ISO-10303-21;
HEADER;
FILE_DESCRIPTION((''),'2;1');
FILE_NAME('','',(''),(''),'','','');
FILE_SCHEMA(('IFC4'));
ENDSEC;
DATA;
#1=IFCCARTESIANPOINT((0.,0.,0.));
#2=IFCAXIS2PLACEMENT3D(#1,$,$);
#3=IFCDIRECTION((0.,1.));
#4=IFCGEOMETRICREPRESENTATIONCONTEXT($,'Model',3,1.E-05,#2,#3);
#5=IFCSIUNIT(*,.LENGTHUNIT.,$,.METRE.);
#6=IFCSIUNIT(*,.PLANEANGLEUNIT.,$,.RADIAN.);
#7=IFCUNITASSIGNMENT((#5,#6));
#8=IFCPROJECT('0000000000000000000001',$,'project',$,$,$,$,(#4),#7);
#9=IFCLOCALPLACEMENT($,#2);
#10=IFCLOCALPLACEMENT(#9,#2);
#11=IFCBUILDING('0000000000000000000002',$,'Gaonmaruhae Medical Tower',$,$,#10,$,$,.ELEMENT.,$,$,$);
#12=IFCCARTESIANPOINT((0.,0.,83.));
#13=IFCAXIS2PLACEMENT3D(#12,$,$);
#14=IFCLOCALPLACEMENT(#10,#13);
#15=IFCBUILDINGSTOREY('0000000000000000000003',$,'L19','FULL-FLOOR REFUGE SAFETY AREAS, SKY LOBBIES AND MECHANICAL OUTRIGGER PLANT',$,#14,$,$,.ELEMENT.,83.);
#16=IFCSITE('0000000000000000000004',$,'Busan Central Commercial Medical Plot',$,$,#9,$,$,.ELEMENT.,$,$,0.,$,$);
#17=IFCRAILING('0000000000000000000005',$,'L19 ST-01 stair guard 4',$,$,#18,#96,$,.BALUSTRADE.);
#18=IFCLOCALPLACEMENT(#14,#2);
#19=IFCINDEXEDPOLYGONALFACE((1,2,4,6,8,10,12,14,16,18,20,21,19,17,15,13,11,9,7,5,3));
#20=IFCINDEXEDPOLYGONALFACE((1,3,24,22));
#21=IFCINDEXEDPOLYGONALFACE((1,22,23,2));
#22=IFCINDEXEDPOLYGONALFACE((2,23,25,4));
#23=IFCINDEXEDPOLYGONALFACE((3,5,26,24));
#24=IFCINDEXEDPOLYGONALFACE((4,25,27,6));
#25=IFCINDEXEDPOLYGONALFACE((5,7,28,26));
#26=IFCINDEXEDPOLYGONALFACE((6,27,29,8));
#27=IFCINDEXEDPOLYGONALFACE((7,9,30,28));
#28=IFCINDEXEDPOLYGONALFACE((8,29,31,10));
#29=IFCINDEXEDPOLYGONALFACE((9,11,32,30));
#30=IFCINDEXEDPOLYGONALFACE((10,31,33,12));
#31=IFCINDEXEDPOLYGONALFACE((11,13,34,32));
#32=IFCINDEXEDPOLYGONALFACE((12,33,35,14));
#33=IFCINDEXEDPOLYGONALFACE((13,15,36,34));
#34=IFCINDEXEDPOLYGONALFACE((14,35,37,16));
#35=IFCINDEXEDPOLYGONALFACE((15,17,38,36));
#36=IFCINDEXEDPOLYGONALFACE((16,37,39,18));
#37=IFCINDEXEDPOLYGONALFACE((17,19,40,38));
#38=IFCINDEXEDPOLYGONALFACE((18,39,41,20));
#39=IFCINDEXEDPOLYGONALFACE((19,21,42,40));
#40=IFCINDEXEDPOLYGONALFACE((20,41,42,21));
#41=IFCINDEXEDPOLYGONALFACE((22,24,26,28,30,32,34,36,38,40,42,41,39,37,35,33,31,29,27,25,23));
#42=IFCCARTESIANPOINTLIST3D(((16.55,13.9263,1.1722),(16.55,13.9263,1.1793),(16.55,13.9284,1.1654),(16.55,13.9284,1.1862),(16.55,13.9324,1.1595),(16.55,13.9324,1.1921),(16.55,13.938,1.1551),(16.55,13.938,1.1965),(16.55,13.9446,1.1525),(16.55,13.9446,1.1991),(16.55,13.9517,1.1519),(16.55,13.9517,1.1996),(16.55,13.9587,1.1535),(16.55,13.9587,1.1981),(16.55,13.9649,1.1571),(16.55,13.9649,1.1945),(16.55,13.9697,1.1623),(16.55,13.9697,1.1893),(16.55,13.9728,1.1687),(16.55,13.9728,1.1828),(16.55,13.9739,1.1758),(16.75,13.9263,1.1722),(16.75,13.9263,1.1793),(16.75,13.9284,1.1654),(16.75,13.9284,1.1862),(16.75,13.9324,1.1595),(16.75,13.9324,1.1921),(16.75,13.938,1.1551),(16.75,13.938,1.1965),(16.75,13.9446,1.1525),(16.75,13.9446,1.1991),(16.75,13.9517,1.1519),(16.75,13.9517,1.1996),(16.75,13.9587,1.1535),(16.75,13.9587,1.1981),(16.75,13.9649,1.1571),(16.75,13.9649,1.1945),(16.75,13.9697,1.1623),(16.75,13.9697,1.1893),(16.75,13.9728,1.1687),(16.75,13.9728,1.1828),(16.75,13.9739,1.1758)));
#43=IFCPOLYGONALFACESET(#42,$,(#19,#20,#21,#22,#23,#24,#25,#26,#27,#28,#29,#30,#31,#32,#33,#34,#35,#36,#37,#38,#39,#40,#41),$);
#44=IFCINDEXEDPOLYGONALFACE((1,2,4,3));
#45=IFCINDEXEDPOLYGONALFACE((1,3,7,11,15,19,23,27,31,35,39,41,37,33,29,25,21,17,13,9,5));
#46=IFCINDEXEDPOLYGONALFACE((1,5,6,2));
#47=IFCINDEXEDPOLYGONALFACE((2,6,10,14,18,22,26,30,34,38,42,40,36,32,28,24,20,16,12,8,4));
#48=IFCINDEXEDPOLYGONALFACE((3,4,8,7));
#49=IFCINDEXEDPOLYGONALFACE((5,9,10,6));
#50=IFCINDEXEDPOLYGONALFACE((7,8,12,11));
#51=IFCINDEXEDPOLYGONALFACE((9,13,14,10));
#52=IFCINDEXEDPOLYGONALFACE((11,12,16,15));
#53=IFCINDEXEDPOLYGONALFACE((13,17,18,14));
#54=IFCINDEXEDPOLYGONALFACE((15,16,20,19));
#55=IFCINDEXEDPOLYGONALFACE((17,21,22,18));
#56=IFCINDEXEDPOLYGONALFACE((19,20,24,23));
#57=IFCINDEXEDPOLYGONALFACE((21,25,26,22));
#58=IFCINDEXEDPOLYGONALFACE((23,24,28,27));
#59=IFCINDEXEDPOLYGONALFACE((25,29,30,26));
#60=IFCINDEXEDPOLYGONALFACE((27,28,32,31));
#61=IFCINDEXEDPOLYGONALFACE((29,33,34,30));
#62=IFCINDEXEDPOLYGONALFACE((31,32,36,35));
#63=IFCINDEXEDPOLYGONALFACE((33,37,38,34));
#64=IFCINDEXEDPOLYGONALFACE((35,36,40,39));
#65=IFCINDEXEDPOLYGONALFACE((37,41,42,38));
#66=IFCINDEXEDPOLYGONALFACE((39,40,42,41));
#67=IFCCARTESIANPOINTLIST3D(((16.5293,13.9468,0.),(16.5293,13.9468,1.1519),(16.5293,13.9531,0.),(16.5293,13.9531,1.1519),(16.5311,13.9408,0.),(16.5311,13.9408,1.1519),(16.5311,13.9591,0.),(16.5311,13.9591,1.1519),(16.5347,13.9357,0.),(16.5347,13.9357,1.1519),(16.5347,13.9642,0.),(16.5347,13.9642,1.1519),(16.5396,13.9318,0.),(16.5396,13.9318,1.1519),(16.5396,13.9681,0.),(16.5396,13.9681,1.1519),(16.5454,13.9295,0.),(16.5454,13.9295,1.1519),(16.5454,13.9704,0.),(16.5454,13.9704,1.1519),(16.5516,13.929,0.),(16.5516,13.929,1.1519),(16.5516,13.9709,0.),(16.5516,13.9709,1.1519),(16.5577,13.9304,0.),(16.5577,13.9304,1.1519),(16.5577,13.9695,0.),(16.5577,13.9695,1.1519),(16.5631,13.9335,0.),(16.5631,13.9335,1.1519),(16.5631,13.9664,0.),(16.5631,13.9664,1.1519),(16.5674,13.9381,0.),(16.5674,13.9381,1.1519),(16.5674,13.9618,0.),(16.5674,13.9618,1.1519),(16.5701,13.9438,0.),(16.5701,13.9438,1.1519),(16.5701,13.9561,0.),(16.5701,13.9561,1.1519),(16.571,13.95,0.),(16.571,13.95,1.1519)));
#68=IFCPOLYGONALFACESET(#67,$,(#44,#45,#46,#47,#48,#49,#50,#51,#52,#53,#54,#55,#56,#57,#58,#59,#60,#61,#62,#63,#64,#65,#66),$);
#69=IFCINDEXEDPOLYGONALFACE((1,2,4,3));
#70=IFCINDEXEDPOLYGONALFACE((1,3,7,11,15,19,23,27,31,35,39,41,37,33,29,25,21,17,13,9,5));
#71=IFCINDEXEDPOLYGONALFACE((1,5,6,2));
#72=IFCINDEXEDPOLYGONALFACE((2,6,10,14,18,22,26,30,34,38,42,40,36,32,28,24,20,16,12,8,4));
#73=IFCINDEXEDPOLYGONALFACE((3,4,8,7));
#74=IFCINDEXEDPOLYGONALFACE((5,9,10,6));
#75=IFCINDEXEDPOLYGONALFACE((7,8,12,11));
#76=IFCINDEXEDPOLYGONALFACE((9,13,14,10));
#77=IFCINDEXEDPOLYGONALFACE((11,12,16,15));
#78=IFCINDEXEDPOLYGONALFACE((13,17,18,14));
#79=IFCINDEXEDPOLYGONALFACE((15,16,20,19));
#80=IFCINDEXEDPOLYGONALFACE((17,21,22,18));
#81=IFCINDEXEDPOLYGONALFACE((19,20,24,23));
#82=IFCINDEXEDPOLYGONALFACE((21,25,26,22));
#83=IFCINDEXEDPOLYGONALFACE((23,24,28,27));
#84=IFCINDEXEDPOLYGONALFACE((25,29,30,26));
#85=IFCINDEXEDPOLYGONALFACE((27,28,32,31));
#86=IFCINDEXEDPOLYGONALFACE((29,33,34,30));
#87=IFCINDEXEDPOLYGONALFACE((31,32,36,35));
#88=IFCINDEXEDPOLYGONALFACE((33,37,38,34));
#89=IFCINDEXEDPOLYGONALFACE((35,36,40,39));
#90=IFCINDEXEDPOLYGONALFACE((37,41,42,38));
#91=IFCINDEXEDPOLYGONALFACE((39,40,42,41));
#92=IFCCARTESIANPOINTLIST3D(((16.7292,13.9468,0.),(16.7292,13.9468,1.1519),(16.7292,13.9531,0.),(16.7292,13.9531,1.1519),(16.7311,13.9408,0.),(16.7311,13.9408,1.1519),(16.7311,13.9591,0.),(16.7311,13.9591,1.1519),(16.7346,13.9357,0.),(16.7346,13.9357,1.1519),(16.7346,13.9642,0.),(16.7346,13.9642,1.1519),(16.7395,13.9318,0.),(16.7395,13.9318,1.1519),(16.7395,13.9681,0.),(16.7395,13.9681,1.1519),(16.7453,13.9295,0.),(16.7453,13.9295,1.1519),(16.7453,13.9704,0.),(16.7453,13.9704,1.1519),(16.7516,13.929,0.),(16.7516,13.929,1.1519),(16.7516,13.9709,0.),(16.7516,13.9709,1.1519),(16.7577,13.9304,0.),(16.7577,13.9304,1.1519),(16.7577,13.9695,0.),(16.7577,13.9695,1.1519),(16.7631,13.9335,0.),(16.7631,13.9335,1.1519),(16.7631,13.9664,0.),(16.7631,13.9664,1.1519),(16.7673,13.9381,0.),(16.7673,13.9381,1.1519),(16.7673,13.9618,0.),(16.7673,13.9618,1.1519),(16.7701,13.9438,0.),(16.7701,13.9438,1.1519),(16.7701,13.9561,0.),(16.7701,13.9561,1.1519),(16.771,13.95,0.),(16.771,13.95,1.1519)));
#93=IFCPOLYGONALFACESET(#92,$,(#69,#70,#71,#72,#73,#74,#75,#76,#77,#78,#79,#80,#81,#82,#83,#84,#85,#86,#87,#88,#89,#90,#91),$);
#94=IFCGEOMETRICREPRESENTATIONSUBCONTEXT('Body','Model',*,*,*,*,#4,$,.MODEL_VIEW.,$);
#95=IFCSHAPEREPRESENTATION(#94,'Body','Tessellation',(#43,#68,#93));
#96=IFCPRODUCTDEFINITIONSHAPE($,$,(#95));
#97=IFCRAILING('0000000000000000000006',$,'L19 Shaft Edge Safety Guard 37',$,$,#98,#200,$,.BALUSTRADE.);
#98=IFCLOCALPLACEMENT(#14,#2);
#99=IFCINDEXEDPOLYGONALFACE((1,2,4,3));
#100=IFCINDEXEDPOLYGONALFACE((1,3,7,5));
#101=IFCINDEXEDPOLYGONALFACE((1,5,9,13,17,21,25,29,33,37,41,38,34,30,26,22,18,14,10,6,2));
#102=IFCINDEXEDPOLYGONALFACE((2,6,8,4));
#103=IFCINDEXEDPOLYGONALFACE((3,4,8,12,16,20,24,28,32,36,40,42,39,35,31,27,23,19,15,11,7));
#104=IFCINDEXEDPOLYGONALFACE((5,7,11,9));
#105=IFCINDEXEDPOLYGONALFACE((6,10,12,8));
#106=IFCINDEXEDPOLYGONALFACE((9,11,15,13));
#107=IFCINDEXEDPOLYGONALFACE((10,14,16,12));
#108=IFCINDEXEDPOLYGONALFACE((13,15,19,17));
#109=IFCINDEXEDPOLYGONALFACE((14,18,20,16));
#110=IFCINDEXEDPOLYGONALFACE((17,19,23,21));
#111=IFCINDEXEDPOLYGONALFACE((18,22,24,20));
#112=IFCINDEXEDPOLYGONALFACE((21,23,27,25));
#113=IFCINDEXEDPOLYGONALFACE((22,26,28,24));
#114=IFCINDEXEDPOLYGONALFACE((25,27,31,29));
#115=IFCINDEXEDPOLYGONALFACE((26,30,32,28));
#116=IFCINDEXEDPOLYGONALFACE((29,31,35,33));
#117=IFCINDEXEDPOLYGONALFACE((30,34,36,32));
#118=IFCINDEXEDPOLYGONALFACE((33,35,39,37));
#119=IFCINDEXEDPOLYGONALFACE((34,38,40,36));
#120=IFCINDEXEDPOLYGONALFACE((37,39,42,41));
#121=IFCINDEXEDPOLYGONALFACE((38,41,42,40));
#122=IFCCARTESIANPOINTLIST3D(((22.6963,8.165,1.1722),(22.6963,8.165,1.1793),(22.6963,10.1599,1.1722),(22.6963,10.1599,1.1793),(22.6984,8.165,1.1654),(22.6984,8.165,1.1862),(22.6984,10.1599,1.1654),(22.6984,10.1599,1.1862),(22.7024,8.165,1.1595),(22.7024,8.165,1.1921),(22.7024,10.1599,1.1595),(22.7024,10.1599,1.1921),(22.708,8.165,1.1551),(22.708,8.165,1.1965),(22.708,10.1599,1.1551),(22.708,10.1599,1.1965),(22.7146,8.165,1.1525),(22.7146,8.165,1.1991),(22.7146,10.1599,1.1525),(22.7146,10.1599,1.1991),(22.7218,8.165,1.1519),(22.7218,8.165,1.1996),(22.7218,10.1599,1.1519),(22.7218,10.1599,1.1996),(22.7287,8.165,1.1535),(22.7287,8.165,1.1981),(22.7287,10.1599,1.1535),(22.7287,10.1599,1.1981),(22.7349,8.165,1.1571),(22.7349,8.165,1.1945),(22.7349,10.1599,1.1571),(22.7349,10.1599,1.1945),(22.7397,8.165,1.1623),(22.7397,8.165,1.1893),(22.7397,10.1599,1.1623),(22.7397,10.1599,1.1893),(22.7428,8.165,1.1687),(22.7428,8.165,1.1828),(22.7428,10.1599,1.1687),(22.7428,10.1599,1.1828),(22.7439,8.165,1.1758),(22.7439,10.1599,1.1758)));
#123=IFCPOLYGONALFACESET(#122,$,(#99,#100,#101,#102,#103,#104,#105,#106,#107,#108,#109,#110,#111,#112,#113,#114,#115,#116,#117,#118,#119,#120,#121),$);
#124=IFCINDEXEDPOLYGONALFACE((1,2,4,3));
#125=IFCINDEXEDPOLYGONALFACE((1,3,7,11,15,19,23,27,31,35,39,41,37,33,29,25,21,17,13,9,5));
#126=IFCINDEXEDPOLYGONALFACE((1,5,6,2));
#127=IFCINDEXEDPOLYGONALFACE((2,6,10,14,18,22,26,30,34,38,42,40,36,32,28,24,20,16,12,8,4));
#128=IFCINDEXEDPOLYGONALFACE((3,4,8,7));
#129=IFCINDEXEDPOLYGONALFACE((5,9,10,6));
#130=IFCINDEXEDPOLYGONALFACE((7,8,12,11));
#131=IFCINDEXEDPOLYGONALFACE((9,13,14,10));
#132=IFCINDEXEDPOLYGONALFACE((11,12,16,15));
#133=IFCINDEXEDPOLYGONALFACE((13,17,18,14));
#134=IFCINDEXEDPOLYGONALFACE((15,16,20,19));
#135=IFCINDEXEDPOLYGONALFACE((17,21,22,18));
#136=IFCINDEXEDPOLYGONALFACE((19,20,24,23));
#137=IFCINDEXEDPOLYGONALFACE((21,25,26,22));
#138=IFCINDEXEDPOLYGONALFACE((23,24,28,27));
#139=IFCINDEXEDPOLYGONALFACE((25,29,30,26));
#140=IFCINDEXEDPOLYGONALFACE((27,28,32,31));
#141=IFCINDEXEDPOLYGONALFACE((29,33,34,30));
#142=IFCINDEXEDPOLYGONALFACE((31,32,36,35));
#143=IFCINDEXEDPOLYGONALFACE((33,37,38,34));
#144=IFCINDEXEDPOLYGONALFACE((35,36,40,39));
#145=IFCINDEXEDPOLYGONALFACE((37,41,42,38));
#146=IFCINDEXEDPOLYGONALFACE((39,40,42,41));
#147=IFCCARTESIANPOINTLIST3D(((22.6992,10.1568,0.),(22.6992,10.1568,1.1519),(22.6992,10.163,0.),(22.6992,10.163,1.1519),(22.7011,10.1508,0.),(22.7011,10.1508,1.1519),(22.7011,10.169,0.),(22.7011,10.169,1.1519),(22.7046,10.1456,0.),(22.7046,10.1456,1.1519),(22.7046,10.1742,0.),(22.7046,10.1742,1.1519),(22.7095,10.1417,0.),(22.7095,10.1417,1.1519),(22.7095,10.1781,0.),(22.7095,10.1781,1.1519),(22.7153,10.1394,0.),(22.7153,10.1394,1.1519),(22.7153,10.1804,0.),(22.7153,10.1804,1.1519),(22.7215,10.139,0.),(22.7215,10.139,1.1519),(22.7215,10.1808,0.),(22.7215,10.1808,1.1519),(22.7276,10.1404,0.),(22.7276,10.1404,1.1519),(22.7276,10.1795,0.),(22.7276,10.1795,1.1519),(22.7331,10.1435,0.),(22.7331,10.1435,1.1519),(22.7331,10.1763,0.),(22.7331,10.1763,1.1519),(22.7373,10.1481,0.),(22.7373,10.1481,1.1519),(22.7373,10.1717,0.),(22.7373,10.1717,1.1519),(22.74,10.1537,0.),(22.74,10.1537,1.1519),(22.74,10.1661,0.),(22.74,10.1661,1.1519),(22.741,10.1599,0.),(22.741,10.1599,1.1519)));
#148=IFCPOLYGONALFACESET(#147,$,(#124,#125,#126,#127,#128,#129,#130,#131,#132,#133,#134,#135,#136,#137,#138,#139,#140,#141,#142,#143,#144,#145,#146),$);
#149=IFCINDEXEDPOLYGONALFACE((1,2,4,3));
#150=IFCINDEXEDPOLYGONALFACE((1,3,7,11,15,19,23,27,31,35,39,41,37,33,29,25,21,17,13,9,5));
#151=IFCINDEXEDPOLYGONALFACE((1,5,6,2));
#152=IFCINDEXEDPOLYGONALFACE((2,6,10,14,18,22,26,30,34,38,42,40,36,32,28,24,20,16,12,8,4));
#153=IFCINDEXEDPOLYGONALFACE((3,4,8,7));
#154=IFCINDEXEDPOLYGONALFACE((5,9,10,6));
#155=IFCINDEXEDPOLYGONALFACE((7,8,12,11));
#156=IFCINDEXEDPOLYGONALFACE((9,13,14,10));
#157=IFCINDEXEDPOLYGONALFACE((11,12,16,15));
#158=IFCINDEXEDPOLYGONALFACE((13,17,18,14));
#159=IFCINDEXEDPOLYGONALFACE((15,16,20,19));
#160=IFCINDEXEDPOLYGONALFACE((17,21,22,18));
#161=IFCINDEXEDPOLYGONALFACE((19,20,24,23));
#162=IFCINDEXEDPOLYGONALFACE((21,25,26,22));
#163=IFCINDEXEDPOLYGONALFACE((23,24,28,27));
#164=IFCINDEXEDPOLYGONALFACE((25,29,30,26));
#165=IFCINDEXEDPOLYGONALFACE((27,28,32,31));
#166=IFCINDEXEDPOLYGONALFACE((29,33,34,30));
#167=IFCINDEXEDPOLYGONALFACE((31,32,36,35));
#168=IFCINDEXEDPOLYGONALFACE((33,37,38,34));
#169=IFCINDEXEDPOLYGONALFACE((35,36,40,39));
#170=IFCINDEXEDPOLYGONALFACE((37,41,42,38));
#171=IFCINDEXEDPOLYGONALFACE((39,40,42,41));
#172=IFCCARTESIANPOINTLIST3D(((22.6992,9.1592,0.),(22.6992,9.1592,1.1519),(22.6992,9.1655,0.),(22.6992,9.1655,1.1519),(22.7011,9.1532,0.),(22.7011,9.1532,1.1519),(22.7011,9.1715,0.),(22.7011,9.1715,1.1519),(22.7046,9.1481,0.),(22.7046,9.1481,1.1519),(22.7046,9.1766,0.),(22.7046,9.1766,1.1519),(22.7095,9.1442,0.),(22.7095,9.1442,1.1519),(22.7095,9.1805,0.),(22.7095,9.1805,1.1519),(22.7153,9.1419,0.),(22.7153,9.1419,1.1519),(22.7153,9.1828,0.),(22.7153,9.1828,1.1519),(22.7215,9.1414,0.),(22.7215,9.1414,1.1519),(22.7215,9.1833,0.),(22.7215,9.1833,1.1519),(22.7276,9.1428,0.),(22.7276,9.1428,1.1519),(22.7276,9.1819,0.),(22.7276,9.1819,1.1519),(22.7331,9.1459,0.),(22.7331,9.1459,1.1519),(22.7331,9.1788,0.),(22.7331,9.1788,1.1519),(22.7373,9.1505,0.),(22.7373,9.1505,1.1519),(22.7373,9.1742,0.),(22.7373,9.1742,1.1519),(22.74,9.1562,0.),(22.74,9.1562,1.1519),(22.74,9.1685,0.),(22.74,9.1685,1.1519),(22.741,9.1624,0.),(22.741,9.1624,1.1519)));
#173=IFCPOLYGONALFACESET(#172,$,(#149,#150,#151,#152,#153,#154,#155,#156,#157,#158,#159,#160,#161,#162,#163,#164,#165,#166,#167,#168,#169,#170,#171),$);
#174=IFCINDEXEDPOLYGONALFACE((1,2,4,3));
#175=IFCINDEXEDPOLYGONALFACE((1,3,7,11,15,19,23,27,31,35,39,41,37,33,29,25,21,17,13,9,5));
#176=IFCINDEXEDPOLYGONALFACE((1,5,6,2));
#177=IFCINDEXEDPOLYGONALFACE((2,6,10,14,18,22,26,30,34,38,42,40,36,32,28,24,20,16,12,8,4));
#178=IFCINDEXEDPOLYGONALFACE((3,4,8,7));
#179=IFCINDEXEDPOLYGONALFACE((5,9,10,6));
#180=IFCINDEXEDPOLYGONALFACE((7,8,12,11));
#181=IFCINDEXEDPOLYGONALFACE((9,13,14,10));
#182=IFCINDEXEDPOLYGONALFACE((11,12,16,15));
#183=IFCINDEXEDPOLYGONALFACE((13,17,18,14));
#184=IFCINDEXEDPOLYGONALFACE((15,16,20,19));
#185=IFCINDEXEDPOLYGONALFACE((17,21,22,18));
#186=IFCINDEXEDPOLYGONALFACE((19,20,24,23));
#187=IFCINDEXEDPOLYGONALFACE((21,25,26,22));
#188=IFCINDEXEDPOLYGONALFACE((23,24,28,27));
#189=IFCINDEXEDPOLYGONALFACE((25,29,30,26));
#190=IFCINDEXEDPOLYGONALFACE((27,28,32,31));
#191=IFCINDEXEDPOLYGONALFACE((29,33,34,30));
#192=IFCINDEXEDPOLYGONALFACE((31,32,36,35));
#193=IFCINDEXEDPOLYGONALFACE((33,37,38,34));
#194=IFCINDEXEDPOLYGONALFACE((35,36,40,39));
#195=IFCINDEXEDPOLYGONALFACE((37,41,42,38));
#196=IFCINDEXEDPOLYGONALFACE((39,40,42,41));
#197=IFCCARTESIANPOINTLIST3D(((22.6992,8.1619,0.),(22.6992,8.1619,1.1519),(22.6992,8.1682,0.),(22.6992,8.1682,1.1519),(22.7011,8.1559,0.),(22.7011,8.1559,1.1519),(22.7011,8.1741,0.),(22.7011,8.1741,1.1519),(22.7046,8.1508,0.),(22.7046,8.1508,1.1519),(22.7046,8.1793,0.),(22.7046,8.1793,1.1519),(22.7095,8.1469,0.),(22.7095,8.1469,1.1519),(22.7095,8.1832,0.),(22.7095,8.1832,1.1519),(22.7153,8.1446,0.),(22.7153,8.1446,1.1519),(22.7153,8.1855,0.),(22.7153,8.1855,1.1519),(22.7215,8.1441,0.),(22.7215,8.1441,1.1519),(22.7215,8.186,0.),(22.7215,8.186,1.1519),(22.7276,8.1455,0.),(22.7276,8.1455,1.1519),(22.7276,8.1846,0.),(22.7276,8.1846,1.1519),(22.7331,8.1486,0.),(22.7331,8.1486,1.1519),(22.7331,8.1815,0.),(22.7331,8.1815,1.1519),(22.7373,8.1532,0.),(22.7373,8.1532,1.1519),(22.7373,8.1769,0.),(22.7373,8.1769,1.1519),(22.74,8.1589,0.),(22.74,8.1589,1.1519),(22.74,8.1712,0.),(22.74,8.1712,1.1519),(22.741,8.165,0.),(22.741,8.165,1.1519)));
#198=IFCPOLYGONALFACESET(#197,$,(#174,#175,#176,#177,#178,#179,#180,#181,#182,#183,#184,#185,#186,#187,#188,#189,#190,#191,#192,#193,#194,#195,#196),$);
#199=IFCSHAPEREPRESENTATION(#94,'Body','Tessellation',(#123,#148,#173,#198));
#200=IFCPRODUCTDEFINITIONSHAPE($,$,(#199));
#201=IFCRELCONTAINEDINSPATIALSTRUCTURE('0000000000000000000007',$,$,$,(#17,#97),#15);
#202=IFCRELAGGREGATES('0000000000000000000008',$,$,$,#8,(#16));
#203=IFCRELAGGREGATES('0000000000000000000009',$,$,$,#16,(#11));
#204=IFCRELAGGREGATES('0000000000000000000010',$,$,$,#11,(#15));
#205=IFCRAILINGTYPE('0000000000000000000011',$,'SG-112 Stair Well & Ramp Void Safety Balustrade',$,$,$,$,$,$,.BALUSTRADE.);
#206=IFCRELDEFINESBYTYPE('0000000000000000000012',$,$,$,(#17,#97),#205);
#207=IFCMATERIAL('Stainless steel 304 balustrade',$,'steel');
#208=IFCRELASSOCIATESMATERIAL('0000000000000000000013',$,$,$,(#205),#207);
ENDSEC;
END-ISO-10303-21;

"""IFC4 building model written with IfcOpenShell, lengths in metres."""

from ifc_helpers import new_model, si_unit, direction, frame, origin, origin_2d, place, context, subcontext, project, spatial, circle, extrude, material, type_object, element, save


model = new_model("IFC4")

# Units and contexts
model_context = context("Model", 3, precision=1e-05, world=origin(), true_north=direction((0.0, 1.0)))
body_context = subcontext(model_context, "Body", "Model", "MODEL_VIEW")
ifc_project = project(units=[si_unit("LENGTHUNIT", "METRE"), si_unit("PLANEANGLEUNIT", "RADIAN")], contexts=[model_context])

# Site, building, storey
site_placement = place(None, origin())
site = spatial("IfcSite", under=ifc_project, at=site_placement, Name="Busan Central Commercial Medical Plot", CompositionType="ELEMENT", RefElevation=0.0)
building_placement = place(site_placement, origin())
building = spatial("IfcBuilding", under=site, at=building_placement, Name="Gaonmaruhae Medical Tower", CompositionType="ELEMENT")
storey_placement = place(building_placement, frame((0.0, 0.0, 83.0)))
storey = spatial("IfcBuildingStorey", under=building, at=storey_placement, Name="L19", Description="FULL-FLOOR REFUGE SAFETY AREAS, SKY LOBBIES AND MECHANICAL OUTRIGGER PLANT", CompositionType="ELEMENT", Elevation=83.0)

# Railings
ifc_material_1 = material(Name="Stainless steel 304 balustrade", Category="steel")
railing_type_1 = type_object("IfcRailingType", Name="SG-112 Stair Well & Ramp Void Safety Balustrade", PredefinedType="BALUSTRADE", material=ifc_material_1)
railing_1_placement = place(storey_placement, frame((16.55, 13.95, 0.0)))
element("IfcRailing", 1, at=railing_1_placement, inside=storey, type_object=railing_type_1, Name="L19 ST-01 stair guard 4", PredefinedType="BALUSTRADE", context=body_context, shape_type="SweptSolid", body=[
    extrude(circle(Radius=0.0239, at=origin_2d()), frame((0.0, 0.0, 1.1758), z_axis=(1.0, 0.0, 0.0), x_axis=(0.0, 1.0, 0.0)), (0.0, 0.0, 1.0), 0.2),
    extrude(circle(Radius=0.021, at=origin_2d()), origin(), (0.0, 0.0, 1.0), 1.1519),
    extrude(circle(Radius=0.021, at=origin_2d()), frame((0.2, 0.0, 0.0)), (0.0, 0.0, 1.0), 1.1519),
])
railing_2_placement = place(storey_placement, frame((22.72, 10.1599, 0.0)))
element("IfcRailing", 2, at=railing_2_placement, inside=storey, type_object=railing_type_1, Name="L19 Shaft Edge Safety Guard 37", PredefinedType="BALUSTRADE", context=body_context, shape_type="SweptSolid", body=[
    extrude(circle(Radius=0.0239, at=origin_2d()), frame((0.0, 0.0, 1.1758), z_axis=(0.0, -1.0, 0.0), x_axis=(1.0, 0.0, 0.0)), (0.0, 0.0, 1.0), 1.9949),
    extrude(circle(Radius=0.021, at=origin_2d()), origin(), (0.0, 0.0, 1.0), 1.1519),
    extrude(circle(Radius=0.021, at=origin_2d()), frame((0.0, -0.9976, 0.0)), (0.0, 0.0, 1.0), 1.1519),
    extrude(circle(Radius=0.021, at=origin_2d()), frame((0.0, -1.9949, 0.0)), (0.0, 0.0, 1.0), 1.1519),
])

save(model, "model.ifc")
